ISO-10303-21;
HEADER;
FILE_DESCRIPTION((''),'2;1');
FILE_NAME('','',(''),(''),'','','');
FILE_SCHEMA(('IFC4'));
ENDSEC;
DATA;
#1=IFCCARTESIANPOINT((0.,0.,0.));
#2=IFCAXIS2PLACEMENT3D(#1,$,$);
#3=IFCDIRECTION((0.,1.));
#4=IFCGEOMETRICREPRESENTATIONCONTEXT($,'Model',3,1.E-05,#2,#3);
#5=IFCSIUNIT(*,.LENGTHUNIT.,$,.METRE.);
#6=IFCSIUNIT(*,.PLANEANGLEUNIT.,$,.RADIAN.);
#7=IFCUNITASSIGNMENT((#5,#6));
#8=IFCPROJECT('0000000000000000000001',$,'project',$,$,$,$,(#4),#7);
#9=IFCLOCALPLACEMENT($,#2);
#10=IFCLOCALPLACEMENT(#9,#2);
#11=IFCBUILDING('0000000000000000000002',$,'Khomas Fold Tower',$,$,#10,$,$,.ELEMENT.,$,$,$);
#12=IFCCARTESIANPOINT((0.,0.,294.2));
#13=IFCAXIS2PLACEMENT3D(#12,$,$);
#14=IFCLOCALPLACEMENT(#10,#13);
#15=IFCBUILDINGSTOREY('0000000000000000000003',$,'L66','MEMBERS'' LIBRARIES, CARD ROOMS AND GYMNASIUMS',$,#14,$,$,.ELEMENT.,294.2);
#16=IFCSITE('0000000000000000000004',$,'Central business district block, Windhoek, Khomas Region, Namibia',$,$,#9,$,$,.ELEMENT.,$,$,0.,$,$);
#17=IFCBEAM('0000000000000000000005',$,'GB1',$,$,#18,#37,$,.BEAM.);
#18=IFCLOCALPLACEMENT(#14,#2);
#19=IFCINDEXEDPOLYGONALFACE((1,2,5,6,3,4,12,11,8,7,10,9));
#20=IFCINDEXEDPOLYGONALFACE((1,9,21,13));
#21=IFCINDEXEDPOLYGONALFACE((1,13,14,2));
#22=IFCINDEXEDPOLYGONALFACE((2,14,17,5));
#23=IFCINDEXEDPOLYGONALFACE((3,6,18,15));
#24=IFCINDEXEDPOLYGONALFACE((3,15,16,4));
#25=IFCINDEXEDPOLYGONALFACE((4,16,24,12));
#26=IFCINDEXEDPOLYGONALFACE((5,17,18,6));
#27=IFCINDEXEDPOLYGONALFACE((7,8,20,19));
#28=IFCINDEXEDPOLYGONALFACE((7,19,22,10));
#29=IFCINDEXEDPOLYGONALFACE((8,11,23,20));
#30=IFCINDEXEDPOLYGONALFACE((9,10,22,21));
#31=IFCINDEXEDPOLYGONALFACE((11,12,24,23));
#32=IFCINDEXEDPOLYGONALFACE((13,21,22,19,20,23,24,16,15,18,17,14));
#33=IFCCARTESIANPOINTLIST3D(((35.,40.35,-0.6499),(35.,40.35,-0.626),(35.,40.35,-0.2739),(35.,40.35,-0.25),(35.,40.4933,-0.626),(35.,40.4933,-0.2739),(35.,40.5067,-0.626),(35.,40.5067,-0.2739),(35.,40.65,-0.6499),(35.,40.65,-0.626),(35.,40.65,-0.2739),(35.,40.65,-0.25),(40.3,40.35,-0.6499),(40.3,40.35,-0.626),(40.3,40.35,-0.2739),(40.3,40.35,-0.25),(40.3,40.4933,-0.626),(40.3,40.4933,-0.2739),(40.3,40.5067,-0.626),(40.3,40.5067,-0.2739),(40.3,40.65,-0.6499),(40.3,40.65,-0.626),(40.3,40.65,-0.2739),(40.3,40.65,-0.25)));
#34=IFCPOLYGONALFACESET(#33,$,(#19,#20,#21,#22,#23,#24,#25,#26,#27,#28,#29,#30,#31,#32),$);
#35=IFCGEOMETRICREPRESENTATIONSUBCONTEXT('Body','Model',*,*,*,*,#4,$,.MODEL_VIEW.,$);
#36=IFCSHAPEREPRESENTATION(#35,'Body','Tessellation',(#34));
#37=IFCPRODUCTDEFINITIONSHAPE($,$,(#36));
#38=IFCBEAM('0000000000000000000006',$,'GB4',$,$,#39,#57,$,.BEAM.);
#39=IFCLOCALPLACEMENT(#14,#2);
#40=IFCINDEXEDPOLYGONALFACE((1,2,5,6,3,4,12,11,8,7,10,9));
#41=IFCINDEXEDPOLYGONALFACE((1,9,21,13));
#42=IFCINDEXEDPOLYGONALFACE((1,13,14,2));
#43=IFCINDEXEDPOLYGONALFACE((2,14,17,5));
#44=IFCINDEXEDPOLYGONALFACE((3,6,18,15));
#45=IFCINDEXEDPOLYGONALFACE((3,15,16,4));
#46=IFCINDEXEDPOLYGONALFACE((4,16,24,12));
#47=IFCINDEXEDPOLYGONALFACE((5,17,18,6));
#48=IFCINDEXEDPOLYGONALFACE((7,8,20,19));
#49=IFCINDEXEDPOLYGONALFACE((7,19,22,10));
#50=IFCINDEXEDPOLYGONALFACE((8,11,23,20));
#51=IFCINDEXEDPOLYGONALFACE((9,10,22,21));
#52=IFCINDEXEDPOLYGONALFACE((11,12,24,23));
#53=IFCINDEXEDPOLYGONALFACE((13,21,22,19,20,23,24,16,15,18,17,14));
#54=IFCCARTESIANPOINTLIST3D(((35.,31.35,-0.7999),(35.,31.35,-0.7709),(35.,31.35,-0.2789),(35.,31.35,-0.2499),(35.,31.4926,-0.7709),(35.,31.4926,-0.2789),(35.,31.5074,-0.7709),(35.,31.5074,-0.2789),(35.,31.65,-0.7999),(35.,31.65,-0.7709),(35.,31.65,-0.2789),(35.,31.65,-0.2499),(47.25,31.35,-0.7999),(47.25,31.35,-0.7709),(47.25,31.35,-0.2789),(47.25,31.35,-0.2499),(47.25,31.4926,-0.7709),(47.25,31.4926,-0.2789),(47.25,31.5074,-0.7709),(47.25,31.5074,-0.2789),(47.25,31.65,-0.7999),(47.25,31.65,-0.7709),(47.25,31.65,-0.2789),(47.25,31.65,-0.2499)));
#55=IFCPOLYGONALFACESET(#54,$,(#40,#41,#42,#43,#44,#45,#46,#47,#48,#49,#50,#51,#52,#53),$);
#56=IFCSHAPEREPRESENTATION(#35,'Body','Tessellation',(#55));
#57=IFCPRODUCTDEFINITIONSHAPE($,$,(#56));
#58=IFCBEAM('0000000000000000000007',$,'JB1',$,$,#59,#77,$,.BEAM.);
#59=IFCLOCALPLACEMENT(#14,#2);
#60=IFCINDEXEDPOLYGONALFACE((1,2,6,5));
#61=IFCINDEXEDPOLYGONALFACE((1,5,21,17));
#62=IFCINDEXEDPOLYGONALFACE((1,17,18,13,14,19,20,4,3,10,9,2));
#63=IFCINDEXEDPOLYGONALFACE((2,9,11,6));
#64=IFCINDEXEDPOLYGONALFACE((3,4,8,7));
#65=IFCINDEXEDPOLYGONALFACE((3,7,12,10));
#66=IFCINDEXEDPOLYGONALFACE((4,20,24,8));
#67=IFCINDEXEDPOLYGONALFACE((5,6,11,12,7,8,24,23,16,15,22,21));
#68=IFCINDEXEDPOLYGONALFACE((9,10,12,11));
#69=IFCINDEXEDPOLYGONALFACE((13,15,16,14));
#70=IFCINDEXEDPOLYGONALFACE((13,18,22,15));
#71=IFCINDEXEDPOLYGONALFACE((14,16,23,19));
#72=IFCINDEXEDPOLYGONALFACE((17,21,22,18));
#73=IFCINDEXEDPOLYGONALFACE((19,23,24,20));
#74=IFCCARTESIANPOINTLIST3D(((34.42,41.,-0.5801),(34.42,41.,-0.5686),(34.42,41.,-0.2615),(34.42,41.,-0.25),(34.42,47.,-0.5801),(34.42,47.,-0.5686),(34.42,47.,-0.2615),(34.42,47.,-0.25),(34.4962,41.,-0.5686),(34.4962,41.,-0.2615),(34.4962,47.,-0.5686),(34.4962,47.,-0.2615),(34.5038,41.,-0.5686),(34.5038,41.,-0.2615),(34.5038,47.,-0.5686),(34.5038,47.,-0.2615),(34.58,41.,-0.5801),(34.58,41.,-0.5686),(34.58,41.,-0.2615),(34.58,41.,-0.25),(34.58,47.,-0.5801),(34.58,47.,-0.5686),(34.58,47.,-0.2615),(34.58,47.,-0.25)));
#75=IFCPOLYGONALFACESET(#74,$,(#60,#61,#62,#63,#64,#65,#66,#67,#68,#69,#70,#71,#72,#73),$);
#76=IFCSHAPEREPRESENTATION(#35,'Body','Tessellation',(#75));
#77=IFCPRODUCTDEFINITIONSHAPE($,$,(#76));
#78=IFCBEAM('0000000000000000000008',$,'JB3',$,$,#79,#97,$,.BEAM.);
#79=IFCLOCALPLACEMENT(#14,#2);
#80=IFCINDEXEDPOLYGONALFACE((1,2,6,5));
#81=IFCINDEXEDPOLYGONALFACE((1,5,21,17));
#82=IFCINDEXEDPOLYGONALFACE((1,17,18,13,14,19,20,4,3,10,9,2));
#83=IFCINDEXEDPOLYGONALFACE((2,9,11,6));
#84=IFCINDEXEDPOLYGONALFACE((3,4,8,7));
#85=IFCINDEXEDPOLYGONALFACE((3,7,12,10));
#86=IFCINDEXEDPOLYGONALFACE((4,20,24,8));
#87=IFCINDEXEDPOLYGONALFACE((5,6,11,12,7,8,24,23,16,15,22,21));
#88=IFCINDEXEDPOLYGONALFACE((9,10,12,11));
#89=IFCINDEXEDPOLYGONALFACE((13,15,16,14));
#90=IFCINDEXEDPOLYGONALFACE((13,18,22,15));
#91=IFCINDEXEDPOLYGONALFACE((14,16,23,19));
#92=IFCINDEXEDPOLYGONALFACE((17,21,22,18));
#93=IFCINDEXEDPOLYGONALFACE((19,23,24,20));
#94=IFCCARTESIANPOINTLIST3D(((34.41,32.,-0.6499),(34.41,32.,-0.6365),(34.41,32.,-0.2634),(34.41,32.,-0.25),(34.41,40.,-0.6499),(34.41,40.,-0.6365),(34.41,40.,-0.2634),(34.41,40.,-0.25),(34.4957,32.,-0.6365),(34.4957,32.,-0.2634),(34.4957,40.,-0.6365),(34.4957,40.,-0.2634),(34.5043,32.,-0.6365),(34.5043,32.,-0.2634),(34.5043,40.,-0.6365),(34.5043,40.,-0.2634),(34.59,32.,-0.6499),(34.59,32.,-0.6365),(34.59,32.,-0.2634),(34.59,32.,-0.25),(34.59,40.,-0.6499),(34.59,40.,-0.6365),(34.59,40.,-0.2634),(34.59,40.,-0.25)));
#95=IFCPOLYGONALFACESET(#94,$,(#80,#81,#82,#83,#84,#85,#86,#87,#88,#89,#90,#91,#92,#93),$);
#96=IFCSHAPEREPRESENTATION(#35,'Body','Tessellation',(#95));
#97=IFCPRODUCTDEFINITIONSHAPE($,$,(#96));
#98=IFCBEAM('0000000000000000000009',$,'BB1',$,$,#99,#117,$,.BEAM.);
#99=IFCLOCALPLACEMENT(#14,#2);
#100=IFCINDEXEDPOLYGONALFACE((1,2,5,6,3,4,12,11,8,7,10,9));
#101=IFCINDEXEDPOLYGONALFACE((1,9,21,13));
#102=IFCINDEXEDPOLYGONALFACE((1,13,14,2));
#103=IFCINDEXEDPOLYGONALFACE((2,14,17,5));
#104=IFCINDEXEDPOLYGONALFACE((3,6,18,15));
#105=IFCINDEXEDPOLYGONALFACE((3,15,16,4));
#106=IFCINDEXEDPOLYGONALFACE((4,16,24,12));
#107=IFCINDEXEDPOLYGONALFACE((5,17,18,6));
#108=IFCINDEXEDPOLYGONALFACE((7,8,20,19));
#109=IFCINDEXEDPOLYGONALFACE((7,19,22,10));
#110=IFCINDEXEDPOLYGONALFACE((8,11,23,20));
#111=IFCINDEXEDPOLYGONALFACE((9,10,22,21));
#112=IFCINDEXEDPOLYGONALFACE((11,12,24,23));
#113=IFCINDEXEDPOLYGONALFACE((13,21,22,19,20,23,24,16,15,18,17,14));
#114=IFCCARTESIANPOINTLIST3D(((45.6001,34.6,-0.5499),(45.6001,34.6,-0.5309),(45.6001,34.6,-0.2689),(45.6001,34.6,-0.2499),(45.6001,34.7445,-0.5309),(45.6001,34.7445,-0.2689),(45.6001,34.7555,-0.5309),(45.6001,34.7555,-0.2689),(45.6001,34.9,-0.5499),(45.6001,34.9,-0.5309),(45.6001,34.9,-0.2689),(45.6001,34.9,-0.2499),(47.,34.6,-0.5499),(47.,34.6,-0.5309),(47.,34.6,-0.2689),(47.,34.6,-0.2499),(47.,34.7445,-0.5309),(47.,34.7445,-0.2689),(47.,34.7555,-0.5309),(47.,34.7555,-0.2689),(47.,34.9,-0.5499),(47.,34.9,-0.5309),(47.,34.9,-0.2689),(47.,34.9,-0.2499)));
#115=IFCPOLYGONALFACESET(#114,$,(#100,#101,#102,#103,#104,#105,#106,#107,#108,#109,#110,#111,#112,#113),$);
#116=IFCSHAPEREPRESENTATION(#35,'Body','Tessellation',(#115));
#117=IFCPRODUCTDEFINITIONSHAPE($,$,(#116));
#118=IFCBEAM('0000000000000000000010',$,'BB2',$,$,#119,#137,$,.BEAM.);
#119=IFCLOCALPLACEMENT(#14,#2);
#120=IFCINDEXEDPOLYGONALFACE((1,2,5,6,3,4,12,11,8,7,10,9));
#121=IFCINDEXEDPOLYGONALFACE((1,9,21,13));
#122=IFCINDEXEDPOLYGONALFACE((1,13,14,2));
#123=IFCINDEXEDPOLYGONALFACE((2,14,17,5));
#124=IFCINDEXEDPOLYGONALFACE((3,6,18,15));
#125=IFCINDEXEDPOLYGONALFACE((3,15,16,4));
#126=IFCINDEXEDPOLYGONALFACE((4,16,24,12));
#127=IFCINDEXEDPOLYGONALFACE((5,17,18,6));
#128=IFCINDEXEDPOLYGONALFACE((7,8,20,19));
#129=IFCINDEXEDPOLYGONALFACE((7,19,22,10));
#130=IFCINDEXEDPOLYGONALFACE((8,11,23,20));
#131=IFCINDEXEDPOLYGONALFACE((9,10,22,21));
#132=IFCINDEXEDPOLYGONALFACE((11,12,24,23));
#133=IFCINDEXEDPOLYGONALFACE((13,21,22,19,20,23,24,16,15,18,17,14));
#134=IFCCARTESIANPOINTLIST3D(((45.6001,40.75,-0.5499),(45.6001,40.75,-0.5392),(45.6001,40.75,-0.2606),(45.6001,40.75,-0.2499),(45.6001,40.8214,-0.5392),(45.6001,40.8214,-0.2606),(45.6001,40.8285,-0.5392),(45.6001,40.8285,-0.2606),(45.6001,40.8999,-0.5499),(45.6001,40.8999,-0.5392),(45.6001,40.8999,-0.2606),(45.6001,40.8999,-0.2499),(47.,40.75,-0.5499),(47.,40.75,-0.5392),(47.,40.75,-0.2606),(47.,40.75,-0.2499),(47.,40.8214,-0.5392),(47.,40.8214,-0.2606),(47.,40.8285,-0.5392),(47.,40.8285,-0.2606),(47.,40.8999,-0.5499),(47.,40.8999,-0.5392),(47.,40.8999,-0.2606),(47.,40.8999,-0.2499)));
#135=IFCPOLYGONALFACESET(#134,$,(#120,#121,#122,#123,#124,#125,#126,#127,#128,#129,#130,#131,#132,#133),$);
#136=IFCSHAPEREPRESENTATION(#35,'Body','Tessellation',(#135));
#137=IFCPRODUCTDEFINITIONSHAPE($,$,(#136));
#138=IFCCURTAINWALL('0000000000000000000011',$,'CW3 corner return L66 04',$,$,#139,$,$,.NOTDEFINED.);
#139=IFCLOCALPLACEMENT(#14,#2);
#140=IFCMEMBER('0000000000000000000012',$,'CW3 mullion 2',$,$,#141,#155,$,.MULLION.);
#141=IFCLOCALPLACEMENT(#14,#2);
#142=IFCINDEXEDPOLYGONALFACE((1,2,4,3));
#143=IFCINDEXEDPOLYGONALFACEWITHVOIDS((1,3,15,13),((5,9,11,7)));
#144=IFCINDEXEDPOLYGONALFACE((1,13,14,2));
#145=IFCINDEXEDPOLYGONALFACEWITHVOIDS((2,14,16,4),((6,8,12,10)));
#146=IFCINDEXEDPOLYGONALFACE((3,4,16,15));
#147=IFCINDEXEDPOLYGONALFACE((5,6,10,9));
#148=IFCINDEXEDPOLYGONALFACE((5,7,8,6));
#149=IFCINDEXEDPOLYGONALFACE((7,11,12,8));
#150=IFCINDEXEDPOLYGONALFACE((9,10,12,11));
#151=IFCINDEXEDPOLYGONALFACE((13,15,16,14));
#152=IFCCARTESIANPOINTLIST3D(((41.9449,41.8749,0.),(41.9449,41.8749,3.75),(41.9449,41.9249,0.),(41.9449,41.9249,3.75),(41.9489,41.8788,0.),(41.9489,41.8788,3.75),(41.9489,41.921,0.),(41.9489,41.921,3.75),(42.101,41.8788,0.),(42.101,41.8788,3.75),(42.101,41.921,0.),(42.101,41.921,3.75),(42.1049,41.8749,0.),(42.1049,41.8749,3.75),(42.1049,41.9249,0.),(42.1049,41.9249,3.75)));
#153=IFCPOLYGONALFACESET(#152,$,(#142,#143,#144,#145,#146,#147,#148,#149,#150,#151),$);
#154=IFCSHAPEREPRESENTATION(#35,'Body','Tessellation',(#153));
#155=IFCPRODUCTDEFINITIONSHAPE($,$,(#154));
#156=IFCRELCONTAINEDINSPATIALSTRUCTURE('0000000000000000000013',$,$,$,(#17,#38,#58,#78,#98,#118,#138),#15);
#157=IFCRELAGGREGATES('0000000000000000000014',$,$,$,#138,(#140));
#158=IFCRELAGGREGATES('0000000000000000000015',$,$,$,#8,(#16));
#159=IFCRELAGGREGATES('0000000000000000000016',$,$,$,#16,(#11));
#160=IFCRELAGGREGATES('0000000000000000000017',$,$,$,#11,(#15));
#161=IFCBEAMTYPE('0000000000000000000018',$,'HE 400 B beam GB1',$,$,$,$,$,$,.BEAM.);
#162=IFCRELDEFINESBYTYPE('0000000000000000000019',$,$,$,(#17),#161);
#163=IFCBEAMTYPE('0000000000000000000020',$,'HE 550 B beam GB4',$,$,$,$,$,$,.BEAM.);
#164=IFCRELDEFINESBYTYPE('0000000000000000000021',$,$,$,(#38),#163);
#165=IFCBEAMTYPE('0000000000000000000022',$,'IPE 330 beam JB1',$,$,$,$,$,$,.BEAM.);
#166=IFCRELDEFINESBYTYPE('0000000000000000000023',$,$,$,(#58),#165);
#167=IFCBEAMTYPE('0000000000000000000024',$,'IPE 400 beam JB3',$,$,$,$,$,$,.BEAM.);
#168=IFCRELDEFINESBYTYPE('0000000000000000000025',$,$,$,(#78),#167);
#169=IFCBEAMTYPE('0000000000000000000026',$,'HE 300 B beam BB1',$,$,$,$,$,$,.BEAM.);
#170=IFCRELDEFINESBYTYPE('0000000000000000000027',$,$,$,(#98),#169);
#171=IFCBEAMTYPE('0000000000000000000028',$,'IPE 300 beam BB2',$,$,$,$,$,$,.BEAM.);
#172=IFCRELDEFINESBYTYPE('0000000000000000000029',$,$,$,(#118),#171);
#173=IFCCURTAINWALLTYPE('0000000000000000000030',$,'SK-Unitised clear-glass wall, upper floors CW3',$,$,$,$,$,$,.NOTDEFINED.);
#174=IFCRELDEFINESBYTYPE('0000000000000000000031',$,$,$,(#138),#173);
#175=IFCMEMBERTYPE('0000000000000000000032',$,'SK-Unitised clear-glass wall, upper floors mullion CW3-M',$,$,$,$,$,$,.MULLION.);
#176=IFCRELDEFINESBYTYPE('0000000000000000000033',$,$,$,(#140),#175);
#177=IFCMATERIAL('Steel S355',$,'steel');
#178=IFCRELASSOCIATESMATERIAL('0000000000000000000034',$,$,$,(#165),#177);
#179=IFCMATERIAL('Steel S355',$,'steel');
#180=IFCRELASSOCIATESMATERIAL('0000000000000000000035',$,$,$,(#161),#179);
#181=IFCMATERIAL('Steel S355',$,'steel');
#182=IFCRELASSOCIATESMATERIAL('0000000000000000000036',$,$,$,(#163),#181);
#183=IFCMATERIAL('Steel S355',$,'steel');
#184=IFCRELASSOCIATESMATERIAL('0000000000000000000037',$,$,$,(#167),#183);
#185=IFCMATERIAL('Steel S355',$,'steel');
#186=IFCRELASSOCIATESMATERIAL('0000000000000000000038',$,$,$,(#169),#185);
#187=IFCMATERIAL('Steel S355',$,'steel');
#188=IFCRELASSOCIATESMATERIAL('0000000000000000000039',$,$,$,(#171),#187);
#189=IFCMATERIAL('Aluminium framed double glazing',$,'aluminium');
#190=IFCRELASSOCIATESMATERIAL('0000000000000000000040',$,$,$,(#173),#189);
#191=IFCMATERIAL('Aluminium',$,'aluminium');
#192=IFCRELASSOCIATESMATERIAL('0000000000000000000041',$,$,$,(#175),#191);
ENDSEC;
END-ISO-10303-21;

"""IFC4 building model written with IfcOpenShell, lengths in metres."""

from ifc_helpers import new_model, si_unit, direction, frame, origin, origin_2d, place, context, subcontext, project, spatial, hollow_rectangle, i_section, extrude, source, transform, mapped, material, material_profile, profile_set, type_object, element, aggregate, save


model = new_model("IFC4")

# Units and contexts
model_context = context("Model", 3, precision=1e-05, world=origin(), true_north=direction((0.0, 1.0)))
body_context = subcontext(model_context, "Body", "Model", "MODEL_VIEW")
ifc_project = project(units=[si_unit("LENGTHUNIT", "METRE"), si_unit("PLANEANGLEUNIT", "RADIAN")], contexts=[model_context])

# Site, building, storey
site_placement = place(None, origin())
site = spatial("IfcSite", under=ifc_project, at=site_placement, Name="Central business district block, Windhoek, Khomas Region, Namibia", CompositionType="ELEMENT", RefElevation=0.0)
building_placement = place(site_placement, origin())
building = spatial("IfcBuilding", under=site, at=building_placement, Name="Khomas Fold Tower", CompositionType="ELEMENT")
storey_placement = place(building_placement, frame((0.0, 0.0, 294.2)))
storey = spatial("IfcBuildingStorey", under=building, at=storey_placement, Name="L66", Description="MEMBERS' LIBRARIES, CARD ROOMS AND GYMNASIUMS", CompositionType="ELEMENT", Elevation=294.2)

# Beams
ifc_material_1 = material(Name="Steel S355", Category="steel")
ifc_material_profile_1 = material_profile(ifc_material_1, i_section(OverallWidth=0.1599, OverallDepth=0.3301, WebThickness=0.0076, FlangeThickness=0.0115, at=origin_2d()), Name="IPE 330")
ifc_profile_set_1 = profile_set([ifc_material_profile_1], Name="Steel S355")
beam_type_1 = type_object("IfcBeamType", Name="IPE 330 beam JB1", PredefinedType="BEAM", material=ifc_profile_set_1)
ifc_material_2 = material(Name="Steel S355", Category="steel")
ifc_material_profile_2 = material_profile(ifc_material_2, i_section(OverallWidth=0.3, OverallDepth=0.3999, WebThickness=0.0134, FlangeThickness=0.0239, at=origin_2d()), Name="HE 400 B")
ifc_profile_set_2 = profile_set([ifc_material_profile_2], Name="Steel S355")
beam_type_2 = type_object("IfcBeamType", Name="HE 400 B beam GB1", PredefinedType="BEAM", material=ifc_profile_set_2)
shared_shape_1 = source(origin(), body_context, "Body", "SweptSolid", [
    extrude(i_section(OverallWidth=0.3, OverallDepth=0.3999, WebThickness=0.0134, FlangeThickness=0.0239, at=origin_2d()), origin(), (0.0, 0.0, 1.0), 5.3),
])
beam_1_placement = place(storey_placement, frame((35.0, 40.5, -0.45), z_axis=(1.0, 0.0, 0.0), x_axis=(0.0, 1.0, 0.0)))
element("IfcBeam", 1, at=beam_1_placement, inside=storey, type_object=beam_type_2, Name="GB1", PredefinedType="BEAM", context=body_context, shape_type="MappedRepresentation", body=[
    mapped(shared_shape_1, transform((0.0, 0.0, 0.0))),
])
ifc_material_3 = material(Name="Steel S355", Category="steel")
ifc_material_profile_3 = material_profile(ifc_material_3, i_section(OverallWidth=0.3, OverallDepth=0.55, WebThickness=0.0149, FlangeThickness=0.0291, at=origin_2d()), Name="HE 550 B")
ifc_profile_set_3 = profile_set([ifc_material_profile_3], Name="Steel S355")
beam_type_3 = type_object("IfcBeamType", Name="HE 550 B beam GB4", PredefinedType="BEAM", material=ifc_profile_set_3)
shared_shape_2 = source(origin(), body_context, "Body", "SweptSolid", [
    extrude(i_section(OverallWidth=0.3, OverallDepth=0.55, WebThickness=0.0149, FlangeThickness=0.0291, at=origin_2d()), origin(), (0.0, 0.0, 1.0), 12.25),
])
beam_2_placement = place(storey_placement, frame((35.0, 31.5, -0.5249), z_axis=(1.0, 0.0, 0.0), x_axis=(0.0, 1.0, 0.0)))
element("IfcBeam", 2, at=beam_2_placement, inside=storey, type_object=beam_type_3, Name="GB4", PredefinedType="BEAM", context=body_context, shape_type="MappedRepresentation", body=[
    mapped(shared_shape_2, transform((0.0, 0.0, 0.0))),
])
shared_shape_3 = source(origin(), body_context, "Body", "SweptSolid", [
    extrude(i_section(OverallWidth=0.1599, OverallDepth=0.3301, WebThickness=0.0076, FlangeThickness=0.0115, at=origin_2d()), origin(), (0.0, 0.0, 1.0), 6.0),
])
beam_3_placement = place(storey_placement, frame((34.5, 41.0, -0.415), z_axis=(0.0, 1.0, 0.0), x_axis=(-1.0, 0.0, 0.0)))
element("IfcBeam", 3, at=beam_3_placement, inside=storey, type_object=beam_type_1, Name="JB1", PredefinedType="BEAM", context=body_context, shape_type="MappedRepresentation", body=[
    mapped(shared_shape_3, transform((0.0, 0.0, 0.0))),
])
ifc_material_4 = material(Name="Steel S355", Category="steel")
ifc_material_profile_4 = material_profile(ifc_material_4, i_section(OverallWidth=0.1799, OverallDepth=0.3999, WebThickness=0.0085, FlangeThickness=0.0134, at=origin_2d()), Name="IPE 400")
ifc_profile_set_4 = profile_set([ifc_material_profile_4], Name="Steel S355")
beam_type_4 = type_object("IfcBeamType", Name="IPE 400 beam JB3", PredefinedType="BEAM", material=ifc_profile_set_4)
shared_shape_4 = source(origin(), body_context, "Body", "SweptSolid", [
    extrude(i_section(OverallWidth=0.1799, OverallDepth=0.3999, WebThickness=0.0085, FlangeThickness=0.0134, at=origin_2d()), origin(), (0.0, 0.0, 1.0), 8.0),
])
beam_4_placement = place(storey_placement, frame((34.5, 32.0, -0.45), z_axis=(0.0, 1.0, 0.0), x_axis=(-1.0, 0.0, 0.0)))
element("IfcBeam", 4, at=beam_4_placement, inside=storey, type_object=beam_type_4, Name="JB3", PredefinedType="BEAM", context=body_context, shape_type="MappedRepresentation", body=[
    mapped(shared_shape_4, transform((0.0, 0.0, 0.0))),
])
ifc_material_5 = material(Name="Steel S355", Category="steel")
ifc_material_profile_5 = material_profile(ifc_material_5, i_section(OverallWidth=0.3, OverallDepth=0.3, WebThickness=0.011, FlangeThickness=0.019, at=origin_2d()), Name="HE 300 B")
ifc_profile_set_5 = profile_set([ifc_material_profile_5], Name="Steel S355")
beam_type_5 = type_object("IfcBeamType", Name="HE 300 B beam BB1", PredefinedType="BEAM", material=ifc_profile_set_5)
shared_shape_5 = source(origin(), body_context, "Body", "SweptSolid", [
    extrude(i_section(OverallWidth=0.3, OverallDepth=0.3, WebThickness=0.011, FlangeThickness=0.019, at=origin_2d()), origin(), (0.0, 0.0, 1.0), 1.3999),
])
beam_5_placement = place(storey_placement, frame((45.6001, 34.75, -0.3999), z_axis=(1.0, 0.0, 0.0), x_axis=(0.0, 1.0, 0.0)))
element("IfcBeam", 5, at=beam_5_placement, inside=storey, type_object=beam_type_5, Name="BB1", PredefinedType="BEAM", context=body_context, shape_type="MappedRepresentation", body=[
    mapped(shared_shape_5, transform((0.0, 0.0, 0.0))),
])
ifc_material_6 = material(Name="Steel S355", Category="steel")
ifc_material_profile_6 = material_profile(ifc_material_6, i_section(OverallWidth=0.1499, OverallDepth=0.3, WebThickness=0.0071, FlangeThickness=0.0107, at=origin_2d()), Name="IPE 300")
ifc_profile_set_6 = profile_set([ifc_material_profile_6], Name="Steel S355")
beam_type_6 = type_object("IfcBeamType", Name="IPE 300 beam BB2", PredefinedType="BEAM", material=ifc_profile_set_6)
shared_shape_6 = source(origin(), body_context, "Body", "SweptSolid", [
    extrude(i_section(OverallWidth=0.1499, OverallDepth=0.3, WebThickness=0.0071, FlangeThickness=0.0107, at=origin_2d()), origin(), (0.0, 0.0, 1.0), 1.3999),
])
beam_6_placement = place(storey_placement, frame((45.6001, 40.825, -0.3999), z_axis=(1.0, 0.0, 0.0), x_axis=(0.0, 1.0, 0.0)))
element("IfcBeam", 6, at=beam_6_placement, inside=storey, type_object=beam_type_6, Name="BB2", PredefinedType="BEAM", context=body_context, shape_type="MappedRepresentation", body=[
    mapped(shared_shape_6, transform((0.0, 0.0, 0.0))),
])

# Curtain wall, member
ifc_material_7 = material(Name="Aluminium framed double glazing", Category="aluminium")
curtain_wall_type = type_object("IfcCurtainWallType", Name="SK-Unitised clear-glass wall, upper floors CW3", PredefinedType="NOTDEFINED", material=ifc_material_7)
curtain_wall_placement = place(storey_placement, origin())
curtain_wall = element("IfcCurtainWall", 7, at=curtain_wall_placement, inside=storey, type_object=curtain_wall_type, Name="CW3 corner return L66 04", PredefinedType="NOTDEFINED")
ifc_material_8 = material(Name="Aluminium", Category="aluminium")
ifc_material_profile_7 = material_profile(ifc_material_8, hollow_rectangle(XDim=0.05, YDim=0.1599, WallThickness=0.0039, at=origin_2d()), Name="SK-Unitised clear-glass wall, upper floors mullion CW3-M")
ifc_profile_set_7 = profile_set([ifc_material_profile_7], Name="Aluminium")
member_type = type_object("IfcMemberType", Name="SK-Unitised clear-glass wall, upper floors mullion CW3-M", PredefinedType="MULLION", material=ifc_profile_set_7)
shared_shape_7 = source(origin(), body_context, "Body", "SweptSolid", [
    extrude(hollow_rectangle(XDim=0.05, YDim=0.1599, WallThickness=0.0039, at=origin_2d()), origin(), (0.0, 0.0, 1.0), 3.75),
])
member_placement = place(storey_placement, frame((42.0249, 41.8999, 0.0), z_axis=(0.0, 0.0, 1.0), x_axis=(0.0, -1.0, 0.0)))
member = element("IfcMember", 8, at=member_placement, type_object=member_type, Name="CW3 mullion 2", PredefinedType="MULLION", context=body_context, shape_type="MappedRepresentation", body=[
    mapped(shared_shape_7, transform((0.0, 0.0, 0.0))),
])
aggregate(curtain_wall, [member])

save(model, "model.ifc")
